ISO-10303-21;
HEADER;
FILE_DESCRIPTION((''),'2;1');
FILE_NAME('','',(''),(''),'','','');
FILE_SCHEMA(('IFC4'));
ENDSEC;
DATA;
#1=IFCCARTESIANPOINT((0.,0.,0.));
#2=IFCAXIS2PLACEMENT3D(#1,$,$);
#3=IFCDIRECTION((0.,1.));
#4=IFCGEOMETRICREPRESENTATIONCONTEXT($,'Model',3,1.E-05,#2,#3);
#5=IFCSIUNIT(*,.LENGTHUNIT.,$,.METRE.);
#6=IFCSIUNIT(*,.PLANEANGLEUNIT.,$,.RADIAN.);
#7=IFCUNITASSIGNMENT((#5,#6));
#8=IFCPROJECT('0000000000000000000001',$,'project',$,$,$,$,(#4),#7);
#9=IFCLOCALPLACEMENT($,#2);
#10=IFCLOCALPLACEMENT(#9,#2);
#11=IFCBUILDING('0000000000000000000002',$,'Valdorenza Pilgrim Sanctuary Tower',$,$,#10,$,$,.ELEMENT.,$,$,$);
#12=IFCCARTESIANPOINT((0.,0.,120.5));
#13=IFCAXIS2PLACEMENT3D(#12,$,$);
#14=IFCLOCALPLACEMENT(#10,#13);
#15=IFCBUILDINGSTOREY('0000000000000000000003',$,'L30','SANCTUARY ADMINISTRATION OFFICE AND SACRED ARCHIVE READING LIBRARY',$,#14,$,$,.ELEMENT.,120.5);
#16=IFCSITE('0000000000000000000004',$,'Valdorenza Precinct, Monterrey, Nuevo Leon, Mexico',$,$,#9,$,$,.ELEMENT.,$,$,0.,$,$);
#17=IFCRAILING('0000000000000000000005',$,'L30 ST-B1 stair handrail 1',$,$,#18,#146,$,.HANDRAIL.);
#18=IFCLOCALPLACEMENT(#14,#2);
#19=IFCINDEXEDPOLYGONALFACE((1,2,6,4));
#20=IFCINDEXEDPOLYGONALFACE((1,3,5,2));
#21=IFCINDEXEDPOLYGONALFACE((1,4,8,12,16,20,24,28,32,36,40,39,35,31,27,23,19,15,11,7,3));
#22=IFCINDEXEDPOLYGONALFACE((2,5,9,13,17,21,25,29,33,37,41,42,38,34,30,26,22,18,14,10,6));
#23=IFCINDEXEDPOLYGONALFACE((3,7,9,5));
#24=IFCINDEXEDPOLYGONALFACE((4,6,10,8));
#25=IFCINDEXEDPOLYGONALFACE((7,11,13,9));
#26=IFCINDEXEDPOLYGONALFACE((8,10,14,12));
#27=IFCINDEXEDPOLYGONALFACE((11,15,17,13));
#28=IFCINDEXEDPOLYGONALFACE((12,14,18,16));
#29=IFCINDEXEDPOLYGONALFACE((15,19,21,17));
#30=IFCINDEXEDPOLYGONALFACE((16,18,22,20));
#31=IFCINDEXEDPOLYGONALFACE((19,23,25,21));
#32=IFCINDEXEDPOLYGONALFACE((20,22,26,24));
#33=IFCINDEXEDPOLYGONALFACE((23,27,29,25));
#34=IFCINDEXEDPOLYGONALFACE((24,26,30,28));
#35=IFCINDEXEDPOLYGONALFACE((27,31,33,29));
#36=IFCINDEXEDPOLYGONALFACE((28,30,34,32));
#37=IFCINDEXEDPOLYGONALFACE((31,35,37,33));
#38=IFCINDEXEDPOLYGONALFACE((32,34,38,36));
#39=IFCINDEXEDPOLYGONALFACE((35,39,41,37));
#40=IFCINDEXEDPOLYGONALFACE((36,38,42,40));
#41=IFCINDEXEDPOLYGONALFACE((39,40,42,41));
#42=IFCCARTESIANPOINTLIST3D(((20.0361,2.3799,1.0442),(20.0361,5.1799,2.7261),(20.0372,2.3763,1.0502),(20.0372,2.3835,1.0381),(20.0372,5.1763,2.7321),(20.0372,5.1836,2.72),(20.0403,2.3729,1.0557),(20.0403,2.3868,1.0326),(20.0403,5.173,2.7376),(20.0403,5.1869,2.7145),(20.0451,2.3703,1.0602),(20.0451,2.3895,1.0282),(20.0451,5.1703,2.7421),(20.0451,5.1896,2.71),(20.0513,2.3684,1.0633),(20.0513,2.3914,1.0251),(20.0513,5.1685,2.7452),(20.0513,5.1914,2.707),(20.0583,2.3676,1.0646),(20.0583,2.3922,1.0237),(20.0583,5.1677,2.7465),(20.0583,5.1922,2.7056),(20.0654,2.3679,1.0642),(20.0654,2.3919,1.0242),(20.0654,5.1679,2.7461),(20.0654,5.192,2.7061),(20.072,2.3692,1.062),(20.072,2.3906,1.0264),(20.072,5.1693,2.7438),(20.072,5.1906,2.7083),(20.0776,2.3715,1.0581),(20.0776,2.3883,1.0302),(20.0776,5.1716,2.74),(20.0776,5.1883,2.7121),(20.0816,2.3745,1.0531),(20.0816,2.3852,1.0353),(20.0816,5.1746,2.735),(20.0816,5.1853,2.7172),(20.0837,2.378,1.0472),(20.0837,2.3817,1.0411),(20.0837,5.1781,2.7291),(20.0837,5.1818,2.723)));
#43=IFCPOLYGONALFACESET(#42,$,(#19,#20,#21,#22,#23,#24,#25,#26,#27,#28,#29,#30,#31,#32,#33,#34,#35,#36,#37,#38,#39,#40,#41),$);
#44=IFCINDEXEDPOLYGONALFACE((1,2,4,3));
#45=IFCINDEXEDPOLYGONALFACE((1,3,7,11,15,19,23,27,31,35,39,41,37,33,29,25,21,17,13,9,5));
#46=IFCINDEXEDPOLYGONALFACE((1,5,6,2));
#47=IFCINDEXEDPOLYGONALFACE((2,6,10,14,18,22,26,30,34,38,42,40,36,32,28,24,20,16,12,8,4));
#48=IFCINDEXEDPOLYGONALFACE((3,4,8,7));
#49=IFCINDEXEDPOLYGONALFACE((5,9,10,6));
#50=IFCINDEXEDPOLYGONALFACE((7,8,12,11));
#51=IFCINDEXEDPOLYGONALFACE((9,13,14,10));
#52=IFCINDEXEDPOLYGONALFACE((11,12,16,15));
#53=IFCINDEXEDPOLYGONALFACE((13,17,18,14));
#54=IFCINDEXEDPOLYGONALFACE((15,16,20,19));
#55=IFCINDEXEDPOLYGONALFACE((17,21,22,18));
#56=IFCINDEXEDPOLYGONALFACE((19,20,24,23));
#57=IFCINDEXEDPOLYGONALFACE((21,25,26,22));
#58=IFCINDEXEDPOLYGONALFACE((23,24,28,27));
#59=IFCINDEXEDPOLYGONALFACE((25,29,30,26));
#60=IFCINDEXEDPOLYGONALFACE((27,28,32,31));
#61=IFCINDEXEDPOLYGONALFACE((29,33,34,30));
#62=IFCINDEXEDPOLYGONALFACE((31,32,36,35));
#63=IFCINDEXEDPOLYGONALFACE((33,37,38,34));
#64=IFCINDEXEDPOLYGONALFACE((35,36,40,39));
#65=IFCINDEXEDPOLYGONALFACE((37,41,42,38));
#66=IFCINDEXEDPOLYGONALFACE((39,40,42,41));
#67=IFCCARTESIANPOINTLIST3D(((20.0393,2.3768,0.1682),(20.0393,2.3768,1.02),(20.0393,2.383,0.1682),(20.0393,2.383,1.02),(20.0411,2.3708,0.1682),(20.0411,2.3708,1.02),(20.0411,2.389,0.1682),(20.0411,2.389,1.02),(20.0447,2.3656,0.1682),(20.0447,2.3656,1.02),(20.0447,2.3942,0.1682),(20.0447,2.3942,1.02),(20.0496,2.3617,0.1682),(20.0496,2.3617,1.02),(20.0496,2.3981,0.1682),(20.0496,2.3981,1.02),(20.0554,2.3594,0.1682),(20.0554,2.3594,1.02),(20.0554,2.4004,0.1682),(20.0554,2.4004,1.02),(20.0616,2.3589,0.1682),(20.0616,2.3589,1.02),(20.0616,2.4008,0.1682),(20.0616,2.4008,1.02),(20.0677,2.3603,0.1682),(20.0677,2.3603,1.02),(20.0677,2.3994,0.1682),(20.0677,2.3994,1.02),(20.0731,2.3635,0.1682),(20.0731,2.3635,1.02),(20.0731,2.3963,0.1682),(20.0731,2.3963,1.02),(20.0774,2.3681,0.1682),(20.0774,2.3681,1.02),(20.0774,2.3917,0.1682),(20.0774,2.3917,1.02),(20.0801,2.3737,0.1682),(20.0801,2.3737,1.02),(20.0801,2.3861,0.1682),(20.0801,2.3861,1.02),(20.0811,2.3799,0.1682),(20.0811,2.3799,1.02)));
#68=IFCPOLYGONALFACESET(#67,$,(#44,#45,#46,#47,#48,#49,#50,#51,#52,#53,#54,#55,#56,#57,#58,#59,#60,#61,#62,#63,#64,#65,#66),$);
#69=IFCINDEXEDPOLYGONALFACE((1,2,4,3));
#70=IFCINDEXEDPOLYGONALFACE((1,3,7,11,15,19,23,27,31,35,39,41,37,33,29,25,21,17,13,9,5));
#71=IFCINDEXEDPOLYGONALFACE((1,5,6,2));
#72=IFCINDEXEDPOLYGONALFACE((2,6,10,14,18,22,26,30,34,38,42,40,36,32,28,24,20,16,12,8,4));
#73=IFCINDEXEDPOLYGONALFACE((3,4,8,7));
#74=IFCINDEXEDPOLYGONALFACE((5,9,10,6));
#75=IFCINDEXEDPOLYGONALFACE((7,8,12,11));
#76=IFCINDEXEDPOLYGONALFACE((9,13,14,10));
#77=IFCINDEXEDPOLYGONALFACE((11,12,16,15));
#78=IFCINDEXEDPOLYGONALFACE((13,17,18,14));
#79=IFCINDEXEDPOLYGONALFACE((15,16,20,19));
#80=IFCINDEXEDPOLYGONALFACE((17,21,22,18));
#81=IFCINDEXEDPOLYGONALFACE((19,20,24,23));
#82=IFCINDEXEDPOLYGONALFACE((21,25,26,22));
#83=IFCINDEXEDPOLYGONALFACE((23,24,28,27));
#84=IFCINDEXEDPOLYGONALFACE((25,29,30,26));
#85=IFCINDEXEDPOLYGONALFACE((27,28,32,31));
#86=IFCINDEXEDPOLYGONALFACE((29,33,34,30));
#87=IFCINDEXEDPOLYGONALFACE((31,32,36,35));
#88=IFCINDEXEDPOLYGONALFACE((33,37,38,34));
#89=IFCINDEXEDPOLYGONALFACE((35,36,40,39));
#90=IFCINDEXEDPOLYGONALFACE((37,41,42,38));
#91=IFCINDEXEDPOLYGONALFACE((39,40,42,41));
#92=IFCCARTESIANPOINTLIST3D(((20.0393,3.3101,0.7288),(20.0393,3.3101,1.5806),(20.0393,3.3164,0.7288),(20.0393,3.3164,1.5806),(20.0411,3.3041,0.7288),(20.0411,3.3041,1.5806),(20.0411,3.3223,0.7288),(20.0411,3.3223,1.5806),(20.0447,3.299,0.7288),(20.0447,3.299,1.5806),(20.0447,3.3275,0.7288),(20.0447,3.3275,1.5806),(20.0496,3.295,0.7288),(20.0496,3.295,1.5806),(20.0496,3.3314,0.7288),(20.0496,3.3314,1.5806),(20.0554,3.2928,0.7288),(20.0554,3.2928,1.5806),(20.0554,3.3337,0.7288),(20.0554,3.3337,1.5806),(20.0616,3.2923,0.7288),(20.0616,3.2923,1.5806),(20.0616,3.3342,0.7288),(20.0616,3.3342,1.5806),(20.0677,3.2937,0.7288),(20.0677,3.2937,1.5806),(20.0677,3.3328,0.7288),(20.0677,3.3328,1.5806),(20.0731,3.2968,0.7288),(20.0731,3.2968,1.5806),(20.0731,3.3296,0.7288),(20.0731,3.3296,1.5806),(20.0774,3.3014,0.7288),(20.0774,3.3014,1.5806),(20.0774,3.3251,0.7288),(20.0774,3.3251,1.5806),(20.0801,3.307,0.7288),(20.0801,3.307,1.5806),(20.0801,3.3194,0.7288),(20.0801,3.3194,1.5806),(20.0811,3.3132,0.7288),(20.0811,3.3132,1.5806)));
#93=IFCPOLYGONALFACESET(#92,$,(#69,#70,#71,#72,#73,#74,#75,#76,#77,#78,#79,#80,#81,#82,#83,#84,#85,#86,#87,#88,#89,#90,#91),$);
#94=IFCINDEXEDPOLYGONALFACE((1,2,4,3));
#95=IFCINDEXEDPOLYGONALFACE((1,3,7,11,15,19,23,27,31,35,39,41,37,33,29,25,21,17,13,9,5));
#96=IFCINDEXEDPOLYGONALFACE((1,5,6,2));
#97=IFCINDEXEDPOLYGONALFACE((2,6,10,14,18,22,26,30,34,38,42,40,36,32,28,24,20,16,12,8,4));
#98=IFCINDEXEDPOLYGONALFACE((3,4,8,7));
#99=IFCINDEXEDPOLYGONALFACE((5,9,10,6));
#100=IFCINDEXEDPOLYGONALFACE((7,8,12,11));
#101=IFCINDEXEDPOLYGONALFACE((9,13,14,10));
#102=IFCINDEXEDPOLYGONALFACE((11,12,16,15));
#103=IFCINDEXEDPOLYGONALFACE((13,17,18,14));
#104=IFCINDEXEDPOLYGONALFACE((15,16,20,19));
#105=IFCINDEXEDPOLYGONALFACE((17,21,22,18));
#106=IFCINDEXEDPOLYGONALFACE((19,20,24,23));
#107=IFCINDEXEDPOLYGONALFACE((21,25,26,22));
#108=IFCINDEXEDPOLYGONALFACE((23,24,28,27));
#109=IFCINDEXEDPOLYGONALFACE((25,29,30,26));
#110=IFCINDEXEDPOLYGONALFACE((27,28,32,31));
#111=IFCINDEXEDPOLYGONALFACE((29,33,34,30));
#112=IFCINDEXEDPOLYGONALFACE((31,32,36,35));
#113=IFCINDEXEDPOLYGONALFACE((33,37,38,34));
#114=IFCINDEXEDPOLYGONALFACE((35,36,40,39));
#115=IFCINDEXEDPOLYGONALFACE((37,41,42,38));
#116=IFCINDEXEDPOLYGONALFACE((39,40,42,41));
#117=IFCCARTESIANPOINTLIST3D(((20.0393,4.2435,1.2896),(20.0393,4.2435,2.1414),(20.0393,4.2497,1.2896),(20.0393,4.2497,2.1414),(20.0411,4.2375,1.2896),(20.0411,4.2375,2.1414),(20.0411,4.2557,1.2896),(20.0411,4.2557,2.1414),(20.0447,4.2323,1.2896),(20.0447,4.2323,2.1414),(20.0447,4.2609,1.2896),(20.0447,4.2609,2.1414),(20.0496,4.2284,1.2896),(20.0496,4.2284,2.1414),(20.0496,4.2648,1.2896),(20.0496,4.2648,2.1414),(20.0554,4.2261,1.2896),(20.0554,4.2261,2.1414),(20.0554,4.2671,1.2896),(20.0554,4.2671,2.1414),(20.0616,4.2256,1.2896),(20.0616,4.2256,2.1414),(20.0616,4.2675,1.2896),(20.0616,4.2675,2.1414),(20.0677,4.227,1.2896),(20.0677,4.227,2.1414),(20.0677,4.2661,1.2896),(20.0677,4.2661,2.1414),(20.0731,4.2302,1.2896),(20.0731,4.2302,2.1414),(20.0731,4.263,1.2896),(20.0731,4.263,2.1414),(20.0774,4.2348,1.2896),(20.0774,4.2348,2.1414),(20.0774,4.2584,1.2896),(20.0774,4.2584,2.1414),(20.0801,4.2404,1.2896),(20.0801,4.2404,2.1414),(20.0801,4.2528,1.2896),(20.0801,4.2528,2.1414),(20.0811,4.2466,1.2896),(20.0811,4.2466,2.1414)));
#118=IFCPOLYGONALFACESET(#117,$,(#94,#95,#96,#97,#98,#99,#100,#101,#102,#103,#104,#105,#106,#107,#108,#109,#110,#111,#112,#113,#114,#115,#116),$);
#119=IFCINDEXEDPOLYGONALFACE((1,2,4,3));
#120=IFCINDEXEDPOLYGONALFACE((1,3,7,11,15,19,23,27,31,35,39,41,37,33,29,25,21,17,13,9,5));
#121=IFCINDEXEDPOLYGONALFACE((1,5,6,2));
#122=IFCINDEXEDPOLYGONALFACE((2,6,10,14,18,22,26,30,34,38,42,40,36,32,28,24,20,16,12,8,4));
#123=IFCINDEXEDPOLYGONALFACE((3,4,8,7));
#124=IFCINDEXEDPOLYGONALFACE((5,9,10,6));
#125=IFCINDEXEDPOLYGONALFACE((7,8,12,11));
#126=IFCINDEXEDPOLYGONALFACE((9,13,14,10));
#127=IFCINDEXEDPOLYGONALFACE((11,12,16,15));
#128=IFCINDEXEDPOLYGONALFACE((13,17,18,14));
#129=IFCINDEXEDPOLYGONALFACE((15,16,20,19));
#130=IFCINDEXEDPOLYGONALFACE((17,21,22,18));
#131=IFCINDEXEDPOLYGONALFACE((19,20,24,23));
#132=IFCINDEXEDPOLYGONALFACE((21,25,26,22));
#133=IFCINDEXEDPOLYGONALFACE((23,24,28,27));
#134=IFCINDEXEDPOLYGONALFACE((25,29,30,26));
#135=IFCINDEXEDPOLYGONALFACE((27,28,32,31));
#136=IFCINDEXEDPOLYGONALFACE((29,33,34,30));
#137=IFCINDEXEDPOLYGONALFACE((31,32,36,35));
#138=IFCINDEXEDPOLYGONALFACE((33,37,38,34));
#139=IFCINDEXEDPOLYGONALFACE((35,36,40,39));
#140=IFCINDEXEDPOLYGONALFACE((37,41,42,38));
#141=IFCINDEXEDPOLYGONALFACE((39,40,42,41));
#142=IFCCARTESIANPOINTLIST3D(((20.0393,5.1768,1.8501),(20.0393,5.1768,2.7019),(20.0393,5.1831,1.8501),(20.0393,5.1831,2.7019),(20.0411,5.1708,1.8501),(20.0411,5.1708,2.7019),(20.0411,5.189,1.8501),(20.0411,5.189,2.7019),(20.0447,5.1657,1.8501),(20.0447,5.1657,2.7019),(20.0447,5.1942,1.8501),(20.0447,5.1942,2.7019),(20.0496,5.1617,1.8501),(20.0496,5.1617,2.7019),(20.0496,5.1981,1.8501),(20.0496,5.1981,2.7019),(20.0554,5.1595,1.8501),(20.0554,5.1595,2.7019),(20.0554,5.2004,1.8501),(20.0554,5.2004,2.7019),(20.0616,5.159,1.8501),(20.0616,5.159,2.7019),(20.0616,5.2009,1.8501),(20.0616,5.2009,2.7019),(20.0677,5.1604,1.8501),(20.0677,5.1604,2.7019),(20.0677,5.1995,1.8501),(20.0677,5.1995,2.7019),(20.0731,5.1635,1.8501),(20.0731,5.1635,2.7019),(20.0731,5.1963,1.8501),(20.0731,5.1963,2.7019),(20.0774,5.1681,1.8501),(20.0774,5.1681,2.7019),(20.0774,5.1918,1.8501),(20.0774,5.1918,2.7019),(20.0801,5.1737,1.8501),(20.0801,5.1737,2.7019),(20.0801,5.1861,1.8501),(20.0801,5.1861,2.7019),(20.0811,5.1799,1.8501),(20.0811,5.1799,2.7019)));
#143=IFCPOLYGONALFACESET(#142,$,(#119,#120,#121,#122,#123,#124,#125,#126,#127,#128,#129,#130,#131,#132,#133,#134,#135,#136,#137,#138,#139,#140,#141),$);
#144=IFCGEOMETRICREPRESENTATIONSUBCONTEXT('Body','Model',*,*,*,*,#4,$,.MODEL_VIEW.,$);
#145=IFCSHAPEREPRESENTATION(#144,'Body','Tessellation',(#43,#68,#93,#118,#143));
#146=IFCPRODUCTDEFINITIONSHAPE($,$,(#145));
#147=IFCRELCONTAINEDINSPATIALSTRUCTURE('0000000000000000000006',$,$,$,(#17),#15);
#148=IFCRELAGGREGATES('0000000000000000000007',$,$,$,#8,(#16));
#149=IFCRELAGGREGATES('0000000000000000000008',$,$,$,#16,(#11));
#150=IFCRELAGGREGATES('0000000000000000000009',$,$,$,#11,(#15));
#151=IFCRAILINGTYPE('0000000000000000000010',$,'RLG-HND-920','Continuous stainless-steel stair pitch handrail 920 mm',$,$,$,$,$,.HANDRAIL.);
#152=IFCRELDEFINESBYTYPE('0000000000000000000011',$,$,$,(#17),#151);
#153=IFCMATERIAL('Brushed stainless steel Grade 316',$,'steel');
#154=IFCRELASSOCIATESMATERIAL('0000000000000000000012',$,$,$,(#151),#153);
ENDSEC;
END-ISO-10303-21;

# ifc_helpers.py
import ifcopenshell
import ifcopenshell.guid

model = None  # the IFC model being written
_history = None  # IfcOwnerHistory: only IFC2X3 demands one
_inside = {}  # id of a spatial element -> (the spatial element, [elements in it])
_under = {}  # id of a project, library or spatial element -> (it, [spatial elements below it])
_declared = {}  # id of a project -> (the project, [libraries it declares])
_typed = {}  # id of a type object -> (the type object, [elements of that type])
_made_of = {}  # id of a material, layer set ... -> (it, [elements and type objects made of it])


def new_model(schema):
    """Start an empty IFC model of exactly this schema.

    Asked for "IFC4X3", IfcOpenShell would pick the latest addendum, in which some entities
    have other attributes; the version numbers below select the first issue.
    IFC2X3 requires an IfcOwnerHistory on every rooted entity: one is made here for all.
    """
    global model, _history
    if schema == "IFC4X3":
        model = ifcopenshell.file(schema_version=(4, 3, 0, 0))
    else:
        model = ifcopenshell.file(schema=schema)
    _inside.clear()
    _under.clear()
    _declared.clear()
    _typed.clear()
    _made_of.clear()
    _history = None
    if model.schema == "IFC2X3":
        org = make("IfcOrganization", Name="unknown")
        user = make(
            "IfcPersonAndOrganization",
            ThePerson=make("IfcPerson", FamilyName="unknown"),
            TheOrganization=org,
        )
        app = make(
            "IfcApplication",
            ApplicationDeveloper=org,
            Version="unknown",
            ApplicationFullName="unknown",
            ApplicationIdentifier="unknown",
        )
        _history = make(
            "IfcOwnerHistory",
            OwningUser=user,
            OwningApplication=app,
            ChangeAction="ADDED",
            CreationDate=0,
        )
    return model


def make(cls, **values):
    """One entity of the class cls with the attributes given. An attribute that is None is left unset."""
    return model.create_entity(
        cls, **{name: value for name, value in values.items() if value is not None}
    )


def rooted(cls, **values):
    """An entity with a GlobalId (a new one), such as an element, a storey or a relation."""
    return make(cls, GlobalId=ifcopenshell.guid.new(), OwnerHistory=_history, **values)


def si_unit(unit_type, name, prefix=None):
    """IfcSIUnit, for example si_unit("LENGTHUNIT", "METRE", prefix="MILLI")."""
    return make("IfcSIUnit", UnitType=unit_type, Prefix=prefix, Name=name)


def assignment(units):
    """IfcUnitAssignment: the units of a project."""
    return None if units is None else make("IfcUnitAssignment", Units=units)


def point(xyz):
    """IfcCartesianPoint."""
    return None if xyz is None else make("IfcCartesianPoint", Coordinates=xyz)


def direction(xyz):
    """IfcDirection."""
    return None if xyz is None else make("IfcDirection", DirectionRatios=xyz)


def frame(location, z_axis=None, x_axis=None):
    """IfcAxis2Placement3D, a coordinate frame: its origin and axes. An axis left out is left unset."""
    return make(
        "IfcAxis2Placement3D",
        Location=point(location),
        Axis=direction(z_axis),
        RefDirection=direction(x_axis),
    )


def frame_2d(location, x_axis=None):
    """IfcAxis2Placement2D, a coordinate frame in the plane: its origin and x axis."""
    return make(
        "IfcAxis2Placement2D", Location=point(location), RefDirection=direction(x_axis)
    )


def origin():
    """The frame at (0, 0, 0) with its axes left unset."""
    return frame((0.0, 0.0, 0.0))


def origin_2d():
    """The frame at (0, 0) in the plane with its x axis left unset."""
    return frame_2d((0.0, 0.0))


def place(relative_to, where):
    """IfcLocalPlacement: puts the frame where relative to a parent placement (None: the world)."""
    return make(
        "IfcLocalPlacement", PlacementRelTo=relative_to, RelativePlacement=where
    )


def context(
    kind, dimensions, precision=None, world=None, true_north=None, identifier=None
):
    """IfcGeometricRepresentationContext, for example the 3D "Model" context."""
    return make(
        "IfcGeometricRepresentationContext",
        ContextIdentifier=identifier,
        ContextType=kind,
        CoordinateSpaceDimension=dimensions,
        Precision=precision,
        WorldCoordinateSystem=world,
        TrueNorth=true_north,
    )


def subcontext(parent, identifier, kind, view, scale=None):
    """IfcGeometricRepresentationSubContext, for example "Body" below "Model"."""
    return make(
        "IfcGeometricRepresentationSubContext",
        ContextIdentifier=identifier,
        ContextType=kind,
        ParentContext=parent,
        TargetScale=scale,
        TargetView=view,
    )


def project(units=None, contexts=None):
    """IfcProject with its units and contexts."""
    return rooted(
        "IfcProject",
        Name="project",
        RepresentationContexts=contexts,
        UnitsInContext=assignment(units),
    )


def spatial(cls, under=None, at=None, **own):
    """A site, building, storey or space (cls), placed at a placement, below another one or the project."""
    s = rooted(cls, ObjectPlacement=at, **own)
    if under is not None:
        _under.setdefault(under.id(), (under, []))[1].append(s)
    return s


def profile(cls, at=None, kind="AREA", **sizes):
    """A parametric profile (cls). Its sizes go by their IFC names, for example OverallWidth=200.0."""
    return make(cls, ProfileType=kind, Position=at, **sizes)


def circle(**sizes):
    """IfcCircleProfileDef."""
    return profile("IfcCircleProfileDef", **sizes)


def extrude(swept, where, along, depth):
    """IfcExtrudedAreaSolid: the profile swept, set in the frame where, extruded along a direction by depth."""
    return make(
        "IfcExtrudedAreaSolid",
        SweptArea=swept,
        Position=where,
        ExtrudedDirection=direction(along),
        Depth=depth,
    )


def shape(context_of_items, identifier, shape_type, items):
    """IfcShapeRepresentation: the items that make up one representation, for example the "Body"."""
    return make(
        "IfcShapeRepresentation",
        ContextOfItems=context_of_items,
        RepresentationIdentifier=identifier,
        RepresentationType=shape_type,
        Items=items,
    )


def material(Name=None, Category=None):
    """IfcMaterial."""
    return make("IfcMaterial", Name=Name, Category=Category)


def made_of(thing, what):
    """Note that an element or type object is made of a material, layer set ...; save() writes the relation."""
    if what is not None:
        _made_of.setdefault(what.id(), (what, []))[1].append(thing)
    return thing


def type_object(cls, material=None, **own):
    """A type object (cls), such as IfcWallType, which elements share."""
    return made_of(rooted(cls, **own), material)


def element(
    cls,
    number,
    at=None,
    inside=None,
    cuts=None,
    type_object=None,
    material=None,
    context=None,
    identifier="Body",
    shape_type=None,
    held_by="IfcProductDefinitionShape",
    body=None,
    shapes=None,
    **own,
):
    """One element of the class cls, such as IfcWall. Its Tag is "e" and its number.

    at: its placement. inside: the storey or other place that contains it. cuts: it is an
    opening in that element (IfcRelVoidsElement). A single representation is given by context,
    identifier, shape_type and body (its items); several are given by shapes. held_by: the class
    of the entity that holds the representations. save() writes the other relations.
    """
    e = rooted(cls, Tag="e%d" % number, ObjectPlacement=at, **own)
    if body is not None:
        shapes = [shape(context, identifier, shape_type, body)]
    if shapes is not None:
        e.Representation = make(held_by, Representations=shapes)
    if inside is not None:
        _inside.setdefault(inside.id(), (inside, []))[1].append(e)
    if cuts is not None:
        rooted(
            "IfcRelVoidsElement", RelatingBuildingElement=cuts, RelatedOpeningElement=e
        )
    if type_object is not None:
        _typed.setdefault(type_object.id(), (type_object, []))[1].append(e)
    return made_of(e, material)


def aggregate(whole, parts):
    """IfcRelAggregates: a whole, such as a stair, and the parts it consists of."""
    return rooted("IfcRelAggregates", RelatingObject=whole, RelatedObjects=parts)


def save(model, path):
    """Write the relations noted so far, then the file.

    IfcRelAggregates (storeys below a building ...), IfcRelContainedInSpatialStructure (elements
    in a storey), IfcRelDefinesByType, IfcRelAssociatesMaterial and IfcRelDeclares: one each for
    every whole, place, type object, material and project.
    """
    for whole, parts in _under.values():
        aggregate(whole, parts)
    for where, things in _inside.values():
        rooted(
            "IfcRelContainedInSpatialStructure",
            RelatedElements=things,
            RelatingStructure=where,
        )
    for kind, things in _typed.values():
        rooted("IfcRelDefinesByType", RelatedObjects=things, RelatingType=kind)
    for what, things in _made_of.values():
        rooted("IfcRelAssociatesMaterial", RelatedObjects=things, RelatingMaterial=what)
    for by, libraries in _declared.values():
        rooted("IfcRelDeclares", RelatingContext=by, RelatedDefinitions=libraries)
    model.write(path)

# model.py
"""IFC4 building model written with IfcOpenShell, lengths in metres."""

from ifc_helpers import new_model, si_unit, direction, frame, origin, origin_2d, place, context, subcontext, project, spatial, circle, extrude, material, type_object, element, save


model = new_model("IFC4")

# Units and contexts
model_context = context("Model", 3, precision=1e-05, world=origin(), true_north=direction((0.0, 1.0)))
body_context = subcontext(model_context, "Body", "Model", "MODEL_VIEW")
ifc_project = project(units=[si_unit("LENGTHUNIT", "METRE"), si_unit("PLANEANGLEUNIT", "RADIAN")], contexts=[model_context])

# Site, building, storey
site_placement = place(None, origin())
site = spatial("IfcSite", under=ifc_project, at=site_placement, Name="Valdorenza Precinct, Monterrey, Nuevo Leon, Mexico", CompositionType="ELEMENT", RefElevation=0.0)
building_placement = place(site_placement, origin())
building = spatial("IfcBuilding", under=site, at=building_placement, Name="Valdorenza Pilgrim Sanctuary Tower", CompositionType="ELEMENT")
storey_placement = place(building_placement, frame((0.0, 0.0, 120.5)))
storey = spatial("IfcBuildingStorey", under=building, at=storey_placement, Name="L30", Description="SANCTUARY ADMINISTRATION OFFICE AND SACRED ARCHIVE READING LIBRARY", CompositionType="ELEMENT", Elevation=120.5)

# Shared definitions
ifc_material_1 = material(Name="Brushed stainless steel Grade 316", Category="steel")

# Railing
railing_type_1 = type_object("IfcRailingType", Name="RLG-HND-920", Description="Continuous stainless-steel stair pitch handrail 920 mm", PredefinedType="HANDRAIL", material=ifc_material_1)
railing_1_placement = place(storey_placement, frame((20.0601, 2.3799, 0.1682)))
element("IfcRailing", 1, at=railing_1_placement, inside=storey, type_object=railing_type_1, Name="L30 ST-B1 stair handrail 1", PredefinedType="HANDRAIL", context=body_context, shape_type="SweptSolid", body=[
    extrude(circle(Radius=0.0239, at=origin_2d()), frame((0.0, 0.0, 0.876), z_axis=(0.0, 0.857242, 0.514913), x_axis=(-1.0, 0.0, 0.0)), (0.0, 0.0, 1.0), 3.2664),
    extrude(circle(Radius=0.021, at=origin_2d()), origin(), (0.0, 0.0, 1.0), 0.8518),
    extrude(circle(Radius=0.021, at=origin_2d()), frame((0.0, 0.9333, 0.5605)), (0.0, 0.0, 1.0), 0.8518),
    extrude(circle(Radius=0.021, at=origin_2d()), frame((0.0, 1.8667, 1.1213)), (0.0, 0.0, 1.0), 0.8518),
    extrude(circle(Radius=0.021, at=origin_2d()), frame((0.0, 2.8, 1.6819)), (0.0, 0.0, 1.0), 0.8518),
])

save(model, "model.ifc")
